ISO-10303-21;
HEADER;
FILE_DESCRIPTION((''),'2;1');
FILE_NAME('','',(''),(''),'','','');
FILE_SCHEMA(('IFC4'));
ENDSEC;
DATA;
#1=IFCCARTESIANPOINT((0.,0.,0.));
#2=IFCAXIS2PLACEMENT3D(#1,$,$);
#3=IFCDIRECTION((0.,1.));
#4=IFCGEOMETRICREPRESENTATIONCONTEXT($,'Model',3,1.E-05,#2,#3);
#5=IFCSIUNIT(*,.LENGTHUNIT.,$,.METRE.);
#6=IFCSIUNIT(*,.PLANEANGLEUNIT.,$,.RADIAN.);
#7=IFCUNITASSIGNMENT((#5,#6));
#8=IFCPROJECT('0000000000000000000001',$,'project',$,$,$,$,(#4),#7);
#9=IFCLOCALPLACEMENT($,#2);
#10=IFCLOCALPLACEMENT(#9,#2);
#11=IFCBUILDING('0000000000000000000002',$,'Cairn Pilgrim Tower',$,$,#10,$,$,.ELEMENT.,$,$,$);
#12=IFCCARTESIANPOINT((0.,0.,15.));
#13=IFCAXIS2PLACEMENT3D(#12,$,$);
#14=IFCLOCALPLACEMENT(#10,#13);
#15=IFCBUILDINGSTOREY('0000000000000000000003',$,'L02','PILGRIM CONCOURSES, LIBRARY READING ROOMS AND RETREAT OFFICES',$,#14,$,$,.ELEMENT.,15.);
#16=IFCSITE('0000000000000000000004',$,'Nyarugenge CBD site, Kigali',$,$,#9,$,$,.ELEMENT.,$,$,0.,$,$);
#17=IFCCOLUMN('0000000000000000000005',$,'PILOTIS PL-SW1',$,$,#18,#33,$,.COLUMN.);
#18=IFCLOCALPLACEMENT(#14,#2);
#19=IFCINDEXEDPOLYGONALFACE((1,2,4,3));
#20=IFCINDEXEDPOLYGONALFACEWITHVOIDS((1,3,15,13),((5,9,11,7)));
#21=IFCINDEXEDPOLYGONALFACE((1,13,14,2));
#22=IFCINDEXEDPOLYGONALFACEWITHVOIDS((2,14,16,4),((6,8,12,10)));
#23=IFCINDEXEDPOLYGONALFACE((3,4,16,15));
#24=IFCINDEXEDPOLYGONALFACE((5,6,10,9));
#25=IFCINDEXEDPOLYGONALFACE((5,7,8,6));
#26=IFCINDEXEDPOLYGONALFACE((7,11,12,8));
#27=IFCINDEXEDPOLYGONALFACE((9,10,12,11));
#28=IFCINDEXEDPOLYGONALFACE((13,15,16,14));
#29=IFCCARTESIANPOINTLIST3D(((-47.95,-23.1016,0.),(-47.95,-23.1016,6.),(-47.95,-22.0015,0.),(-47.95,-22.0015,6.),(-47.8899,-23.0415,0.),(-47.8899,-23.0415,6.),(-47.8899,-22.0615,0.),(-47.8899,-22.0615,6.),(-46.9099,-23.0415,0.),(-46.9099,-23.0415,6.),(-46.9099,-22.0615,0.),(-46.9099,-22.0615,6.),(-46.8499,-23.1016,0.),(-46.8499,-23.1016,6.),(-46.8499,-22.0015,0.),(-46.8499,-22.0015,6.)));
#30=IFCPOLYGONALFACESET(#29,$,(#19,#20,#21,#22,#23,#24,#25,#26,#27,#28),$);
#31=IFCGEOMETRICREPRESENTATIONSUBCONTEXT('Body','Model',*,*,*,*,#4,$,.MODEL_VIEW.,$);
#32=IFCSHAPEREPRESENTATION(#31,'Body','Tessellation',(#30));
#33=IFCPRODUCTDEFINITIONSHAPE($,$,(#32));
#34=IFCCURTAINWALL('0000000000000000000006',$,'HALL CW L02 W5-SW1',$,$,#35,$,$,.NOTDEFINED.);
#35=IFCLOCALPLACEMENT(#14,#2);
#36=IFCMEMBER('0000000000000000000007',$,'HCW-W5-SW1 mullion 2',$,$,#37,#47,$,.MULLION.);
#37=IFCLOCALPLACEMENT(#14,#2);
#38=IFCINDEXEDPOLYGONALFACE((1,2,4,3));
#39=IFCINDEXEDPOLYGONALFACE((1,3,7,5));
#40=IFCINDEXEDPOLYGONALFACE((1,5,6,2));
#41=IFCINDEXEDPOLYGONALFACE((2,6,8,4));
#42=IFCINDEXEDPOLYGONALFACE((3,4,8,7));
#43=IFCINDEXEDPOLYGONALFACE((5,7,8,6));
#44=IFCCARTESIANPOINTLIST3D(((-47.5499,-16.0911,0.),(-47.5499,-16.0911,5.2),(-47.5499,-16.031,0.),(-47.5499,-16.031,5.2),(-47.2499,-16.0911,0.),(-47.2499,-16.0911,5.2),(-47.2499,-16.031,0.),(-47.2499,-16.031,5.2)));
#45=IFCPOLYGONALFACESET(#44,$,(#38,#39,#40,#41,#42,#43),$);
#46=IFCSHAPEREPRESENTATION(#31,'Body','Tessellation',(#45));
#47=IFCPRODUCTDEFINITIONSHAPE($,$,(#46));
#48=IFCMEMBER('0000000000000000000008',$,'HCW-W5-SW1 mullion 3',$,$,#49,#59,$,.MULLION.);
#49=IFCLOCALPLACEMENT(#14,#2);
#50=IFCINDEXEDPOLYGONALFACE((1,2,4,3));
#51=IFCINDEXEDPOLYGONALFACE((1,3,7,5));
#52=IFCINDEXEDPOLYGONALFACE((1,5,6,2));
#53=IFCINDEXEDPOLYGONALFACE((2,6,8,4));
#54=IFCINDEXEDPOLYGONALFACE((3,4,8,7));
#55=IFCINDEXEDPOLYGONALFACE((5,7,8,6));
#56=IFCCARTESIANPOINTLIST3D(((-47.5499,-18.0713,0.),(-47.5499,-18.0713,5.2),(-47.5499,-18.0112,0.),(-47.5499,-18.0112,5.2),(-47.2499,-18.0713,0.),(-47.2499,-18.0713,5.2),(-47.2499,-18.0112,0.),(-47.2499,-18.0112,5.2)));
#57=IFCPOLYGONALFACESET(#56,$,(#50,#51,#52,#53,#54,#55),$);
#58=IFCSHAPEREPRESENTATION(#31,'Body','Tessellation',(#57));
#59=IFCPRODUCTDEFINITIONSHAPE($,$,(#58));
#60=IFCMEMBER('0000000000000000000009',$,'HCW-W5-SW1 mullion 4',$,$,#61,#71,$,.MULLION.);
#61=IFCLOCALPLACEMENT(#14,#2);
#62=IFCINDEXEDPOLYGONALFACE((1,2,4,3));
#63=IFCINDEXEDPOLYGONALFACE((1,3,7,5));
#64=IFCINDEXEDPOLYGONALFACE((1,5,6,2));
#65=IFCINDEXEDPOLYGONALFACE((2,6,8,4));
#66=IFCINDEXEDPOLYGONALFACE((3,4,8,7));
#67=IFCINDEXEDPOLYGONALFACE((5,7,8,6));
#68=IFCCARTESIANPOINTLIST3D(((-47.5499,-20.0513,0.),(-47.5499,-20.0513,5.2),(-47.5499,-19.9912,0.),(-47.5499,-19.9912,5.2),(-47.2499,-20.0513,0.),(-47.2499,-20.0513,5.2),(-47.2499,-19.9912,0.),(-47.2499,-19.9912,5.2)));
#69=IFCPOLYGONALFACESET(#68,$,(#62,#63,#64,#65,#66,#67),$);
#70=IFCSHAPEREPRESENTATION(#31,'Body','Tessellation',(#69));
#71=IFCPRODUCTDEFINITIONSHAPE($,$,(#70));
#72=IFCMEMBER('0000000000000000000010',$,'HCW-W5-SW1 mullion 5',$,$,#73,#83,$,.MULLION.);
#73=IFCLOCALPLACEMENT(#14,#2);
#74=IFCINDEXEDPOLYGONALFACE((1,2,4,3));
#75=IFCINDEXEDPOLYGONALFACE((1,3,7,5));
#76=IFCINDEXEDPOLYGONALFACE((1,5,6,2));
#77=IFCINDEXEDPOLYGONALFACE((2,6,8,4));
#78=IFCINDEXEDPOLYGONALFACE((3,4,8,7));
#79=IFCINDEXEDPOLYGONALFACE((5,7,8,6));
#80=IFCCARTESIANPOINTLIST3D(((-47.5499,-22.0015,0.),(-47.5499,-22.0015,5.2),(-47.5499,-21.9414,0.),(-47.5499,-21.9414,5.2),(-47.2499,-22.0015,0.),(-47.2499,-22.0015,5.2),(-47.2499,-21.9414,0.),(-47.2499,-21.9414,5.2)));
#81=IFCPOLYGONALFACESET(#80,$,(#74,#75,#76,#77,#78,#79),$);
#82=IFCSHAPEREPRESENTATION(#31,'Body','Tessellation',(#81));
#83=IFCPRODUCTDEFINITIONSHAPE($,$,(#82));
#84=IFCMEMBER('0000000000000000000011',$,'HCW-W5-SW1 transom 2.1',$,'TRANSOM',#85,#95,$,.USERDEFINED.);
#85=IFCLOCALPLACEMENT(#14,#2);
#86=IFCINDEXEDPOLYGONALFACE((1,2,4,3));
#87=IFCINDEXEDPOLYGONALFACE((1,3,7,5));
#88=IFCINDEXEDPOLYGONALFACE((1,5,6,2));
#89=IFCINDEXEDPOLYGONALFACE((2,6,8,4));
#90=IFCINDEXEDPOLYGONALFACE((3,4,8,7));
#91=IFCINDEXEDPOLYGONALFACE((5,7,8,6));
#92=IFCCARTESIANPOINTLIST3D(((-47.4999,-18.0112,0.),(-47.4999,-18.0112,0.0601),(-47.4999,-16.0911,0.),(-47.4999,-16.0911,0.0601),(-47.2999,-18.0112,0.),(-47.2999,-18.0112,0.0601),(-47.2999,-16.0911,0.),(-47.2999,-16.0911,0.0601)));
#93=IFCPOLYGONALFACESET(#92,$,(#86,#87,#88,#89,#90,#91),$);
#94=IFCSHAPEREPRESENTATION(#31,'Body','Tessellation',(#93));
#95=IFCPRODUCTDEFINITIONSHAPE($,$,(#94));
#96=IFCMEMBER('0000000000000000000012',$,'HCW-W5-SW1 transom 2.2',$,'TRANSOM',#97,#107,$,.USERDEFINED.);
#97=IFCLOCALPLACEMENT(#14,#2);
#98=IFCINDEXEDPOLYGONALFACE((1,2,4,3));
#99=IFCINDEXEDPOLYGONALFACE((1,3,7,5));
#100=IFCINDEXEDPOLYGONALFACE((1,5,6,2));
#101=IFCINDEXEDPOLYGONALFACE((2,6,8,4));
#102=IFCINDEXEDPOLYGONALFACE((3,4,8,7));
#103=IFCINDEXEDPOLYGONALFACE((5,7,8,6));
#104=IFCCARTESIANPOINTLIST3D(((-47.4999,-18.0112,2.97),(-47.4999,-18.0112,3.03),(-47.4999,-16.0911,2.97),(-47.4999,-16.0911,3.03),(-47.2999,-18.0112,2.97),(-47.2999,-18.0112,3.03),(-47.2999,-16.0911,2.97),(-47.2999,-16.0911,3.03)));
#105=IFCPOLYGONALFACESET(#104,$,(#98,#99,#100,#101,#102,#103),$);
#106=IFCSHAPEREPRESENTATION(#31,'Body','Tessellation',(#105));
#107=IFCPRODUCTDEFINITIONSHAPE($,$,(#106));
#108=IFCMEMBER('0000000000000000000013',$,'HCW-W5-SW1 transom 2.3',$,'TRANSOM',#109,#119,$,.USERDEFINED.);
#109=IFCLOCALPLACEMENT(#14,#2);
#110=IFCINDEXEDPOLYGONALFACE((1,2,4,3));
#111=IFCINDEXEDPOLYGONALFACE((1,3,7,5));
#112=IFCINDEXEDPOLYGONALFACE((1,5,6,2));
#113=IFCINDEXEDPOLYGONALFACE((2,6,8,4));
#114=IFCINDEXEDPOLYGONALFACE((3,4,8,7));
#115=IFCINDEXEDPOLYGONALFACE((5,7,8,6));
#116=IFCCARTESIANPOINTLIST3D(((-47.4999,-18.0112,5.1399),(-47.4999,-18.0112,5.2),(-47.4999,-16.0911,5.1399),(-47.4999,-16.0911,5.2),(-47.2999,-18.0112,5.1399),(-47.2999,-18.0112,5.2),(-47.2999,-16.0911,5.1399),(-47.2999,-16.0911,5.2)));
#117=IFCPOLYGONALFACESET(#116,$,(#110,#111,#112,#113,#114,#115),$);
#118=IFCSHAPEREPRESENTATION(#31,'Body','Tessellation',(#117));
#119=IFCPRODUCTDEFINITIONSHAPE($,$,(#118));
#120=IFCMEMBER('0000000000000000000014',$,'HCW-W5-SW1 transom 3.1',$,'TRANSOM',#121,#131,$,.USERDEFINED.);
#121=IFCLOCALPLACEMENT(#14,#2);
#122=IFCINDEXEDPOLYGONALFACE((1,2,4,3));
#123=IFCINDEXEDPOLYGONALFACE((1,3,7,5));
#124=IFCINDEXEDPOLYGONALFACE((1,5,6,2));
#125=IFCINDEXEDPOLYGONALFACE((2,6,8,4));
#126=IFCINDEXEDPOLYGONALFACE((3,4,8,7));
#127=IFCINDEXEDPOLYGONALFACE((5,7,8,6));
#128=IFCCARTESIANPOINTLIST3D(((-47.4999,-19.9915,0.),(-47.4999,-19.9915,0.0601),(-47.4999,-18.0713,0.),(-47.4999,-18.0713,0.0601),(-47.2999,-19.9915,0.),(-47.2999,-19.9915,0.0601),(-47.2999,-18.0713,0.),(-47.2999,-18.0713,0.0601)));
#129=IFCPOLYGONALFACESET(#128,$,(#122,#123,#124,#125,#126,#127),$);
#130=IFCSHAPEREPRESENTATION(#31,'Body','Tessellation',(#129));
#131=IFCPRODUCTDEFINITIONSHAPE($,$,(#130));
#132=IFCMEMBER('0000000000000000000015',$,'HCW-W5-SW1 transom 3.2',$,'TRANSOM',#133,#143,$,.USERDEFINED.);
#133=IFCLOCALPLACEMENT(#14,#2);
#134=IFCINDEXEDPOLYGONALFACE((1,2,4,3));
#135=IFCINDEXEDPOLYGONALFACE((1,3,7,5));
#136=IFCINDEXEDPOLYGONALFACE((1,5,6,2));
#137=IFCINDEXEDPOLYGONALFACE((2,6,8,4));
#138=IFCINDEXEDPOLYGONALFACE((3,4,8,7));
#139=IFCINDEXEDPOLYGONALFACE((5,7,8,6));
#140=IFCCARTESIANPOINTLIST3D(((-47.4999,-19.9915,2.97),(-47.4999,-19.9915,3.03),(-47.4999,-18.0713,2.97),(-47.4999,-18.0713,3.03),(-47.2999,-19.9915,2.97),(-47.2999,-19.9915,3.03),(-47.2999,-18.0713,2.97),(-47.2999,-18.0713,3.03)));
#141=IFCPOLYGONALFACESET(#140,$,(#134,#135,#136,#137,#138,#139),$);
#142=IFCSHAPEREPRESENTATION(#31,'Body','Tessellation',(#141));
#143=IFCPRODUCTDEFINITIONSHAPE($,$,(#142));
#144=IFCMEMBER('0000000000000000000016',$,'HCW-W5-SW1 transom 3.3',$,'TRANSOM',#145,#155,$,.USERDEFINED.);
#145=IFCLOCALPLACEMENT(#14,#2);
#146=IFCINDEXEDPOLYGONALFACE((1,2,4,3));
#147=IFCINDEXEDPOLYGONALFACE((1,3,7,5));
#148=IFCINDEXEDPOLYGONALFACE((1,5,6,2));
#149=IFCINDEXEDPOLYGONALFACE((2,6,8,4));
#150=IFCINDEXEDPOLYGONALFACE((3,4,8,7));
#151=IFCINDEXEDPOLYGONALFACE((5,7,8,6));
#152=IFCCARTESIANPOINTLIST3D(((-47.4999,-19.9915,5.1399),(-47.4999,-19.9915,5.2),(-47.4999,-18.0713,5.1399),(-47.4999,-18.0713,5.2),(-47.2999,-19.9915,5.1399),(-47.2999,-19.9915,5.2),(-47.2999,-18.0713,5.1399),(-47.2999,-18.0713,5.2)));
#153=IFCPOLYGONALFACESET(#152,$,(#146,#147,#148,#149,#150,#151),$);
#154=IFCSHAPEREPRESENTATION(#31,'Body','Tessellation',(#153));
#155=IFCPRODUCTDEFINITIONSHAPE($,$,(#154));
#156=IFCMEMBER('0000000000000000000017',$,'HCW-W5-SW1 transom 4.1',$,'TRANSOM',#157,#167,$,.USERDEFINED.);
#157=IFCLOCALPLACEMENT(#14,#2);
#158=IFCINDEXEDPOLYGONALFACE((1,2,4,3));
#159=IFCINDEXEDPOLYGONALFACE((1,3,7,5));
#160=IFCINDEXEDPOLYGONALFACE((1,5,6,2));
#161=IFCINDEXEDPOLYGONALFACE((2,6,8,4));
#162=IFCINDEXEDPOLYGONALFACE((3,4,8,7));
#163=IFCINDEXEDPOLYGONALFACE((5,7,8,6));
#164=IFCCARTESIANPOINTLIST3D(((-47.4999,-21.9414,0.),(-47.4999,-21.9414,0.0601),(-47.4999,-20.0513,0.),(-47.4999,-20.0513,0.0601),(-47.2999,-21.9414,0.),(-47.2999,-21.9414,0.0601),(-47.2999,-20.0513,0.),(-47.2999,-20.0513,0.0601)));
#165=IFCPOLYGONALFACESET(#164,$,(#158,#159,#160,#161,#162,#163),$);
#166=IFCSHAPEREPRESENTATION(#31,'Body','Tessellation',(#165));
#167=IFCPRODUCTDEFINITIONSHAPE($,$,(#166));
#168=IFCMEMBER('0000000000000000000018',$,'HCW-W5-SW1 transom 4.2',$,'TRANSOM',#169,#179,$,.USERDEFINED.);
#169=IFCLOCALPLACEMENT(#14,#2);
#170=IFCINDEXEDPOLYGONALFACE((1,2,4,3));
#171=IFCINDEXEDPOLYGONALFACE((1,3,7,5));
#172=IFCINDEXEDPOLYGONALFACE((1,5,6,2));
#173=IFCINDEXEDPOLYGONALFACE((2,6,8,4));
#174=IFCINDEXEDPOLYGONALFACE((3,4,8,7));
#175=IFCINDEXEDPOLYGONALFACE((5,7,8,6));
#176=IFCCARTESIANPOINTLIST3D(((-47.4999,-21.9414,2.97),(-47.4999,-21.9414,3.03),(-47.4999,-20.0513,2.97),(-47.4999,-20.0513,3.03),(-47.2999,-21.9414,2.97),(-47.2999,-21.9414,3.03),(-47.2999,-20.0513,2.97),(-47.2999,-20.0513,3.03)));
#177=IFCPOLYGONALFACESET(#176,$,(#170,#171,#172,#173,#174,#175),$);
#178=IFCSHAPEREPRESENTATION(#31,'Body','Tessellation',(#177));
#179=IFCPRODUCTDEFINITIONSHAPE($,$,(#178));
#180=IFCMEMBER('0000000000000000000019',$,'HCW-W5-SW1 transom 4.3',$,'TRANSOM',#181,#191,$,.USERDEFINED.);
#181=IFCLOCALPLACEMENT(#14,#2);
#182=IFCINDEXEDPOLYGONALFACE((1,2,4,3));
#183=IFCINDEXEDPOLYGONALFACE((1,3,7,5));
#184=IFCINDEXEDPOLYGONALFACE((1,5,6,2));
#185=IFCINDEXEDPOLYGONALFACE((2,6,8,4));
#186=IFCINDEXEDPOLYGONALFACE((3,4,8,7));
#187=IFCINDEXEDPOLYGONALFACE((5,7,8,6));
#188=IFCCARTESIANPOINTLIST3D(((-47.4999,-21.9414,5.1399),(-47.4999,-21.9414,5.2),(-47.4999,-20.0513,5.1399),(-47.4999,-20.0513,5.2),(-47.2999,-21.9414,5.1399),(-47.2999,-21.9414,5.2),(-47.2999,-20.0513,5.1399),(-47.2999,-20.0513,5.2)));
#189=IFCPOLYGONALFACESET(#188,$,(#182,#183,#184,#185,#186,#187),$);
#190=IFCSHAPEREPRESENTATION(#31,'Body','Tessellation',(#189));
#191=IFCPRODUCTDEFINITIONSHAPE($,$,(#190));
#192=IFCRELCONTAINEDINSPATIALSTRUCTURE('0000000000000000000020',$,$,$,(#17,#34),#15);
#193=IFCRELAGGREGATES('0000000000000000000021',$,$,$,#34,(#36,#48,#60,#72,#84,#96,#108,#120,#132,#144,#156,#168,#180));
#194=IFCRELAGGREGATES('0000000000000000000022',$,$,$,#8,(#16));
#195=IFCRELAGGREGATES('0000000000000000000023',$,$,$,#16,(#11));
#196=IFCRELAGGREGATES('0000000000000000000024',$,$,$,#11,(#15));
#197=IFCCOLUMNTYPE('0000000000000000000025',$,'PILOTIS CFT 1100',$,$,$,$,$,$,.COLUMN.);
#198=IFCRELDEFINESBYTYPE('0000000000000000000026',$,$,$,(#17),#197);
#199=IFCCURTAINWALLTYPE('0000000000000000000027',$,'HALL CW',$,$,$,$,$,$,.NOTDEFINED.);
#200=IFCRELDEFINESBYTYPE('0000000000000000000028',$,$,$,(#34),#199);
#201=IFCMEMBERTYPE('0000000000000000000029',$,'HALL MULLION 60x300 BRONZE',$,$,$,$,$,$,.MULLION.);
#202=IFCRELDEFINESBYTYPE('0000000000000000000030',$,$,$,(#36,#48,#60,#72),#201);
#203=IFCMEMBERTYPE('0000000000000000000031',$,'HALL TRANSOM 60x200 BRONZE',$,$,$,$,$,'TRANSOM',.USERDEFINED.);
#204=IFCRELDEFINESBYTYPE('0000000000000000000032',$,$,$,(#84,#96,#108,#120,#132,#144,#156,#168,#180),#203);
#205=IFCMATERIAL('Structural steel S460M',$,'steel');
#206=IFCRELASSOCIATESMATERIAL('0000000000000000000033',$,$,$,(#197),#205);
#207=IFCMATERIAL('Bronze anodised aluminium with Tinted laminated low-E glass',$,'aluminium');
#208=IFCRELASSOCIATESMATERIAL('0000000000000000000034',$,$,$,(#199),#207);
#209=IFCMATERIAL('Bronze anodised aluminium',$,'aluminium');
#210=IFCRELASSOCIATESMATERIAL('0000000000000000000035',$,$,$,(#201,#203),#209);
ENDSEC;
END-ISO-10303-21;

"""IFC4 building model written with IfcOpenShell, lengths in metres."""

from ifc_helpers import new_model, si_unit, direction, frame, origin, origin_2d, place, context, subcontext, project, spatial, rectangle, hollow_rectangle, extrude, material, material_profile, profile_set, type_object, element, aggregate, save


model = new_model("IFC4")

# Units and contexts
model_context = context("Model", 3, precision=1e-05, world=origin(), true_north=direction((0.0, 1.0)))
body_context = subcontext(model_context, "Body", "Model", "MODEL_VIEW")
ifc_project = project(units=[si_unit("LENGTHUNIT", "METRE"), si_unit("PLANEANGLEUNIT", "RADIAN")], contexts=[model_context])

# Site, building, storey
site_placement = place(None, origin())
site = spatial("IfcSite", under=ifc_project, at=site_placement, Name="Nyarugenge CBD site, Kigali", CompositionType="ELEMENT", RefElevation=0.0)
building_placement = place(site_placement, origin())
building = spatial("IfcBuilding", under=site, at=building_placement, Name="Cairn Pilgrim Tower", CompositionType="ELEMENT")
storey_placement = place(building_placement, frame((0.0, 0.0, 15.0)))
storey = spatial("IfcBuildingStorey", under=building, at=storey_placement, Name="L02", Description="PILGRIM CONCOURSES, LIBRARY READING ROOMS AND RETREAT OFFICES", CompositionType="ELEMENT", Elevation=15.0)

# Column
ifc_material_1 = material(Name="Structural steel S460M", Category="steel")
ifc_material_profile_1 = material_profile(ifc_material_1, hollow_rectangle(XDim=1.1001, YDim=1.1001, WallThickness=0.0601, at=origin_2d()), Name="BOX 1100x1100x60")
ifc_profile_set_1 = profile_set([ifc_material_profile_1], Name="Structural steel S460M")
column_type = type_object("IfcColumnType", Name="PILOTIS CFT 1100", PredefinedType="COLUMN", material=ifc_profile_set_1)
column_placement = place(storey_placement, frame((-47.3999, -22.5515, 0.0), z_axis=(0.0, 0.0, 1.0), x_axis=(1.0, 0.0, 0.0)))
element("IfcColumn", 1, at=column_placement, inside=storey, type_object=column_type, Name="PILOTIS PL-SW1", PredefinedType="COLUMN", context=body_context, shape_type="SweptSolid", body=[
    extrude(hollow_rectangle(XDim=1.1001, YDim=1.1001, WallThickness=0.0601, at=origin_2d()), origin(), (0.0, 0.0, 1.0), 6.0),
])

# Curtain wall, members
ifc_material_2 = material(Name="Bronze anodised aluminium with Tinted laminated low-E glass", Category="aluminium")
curtain_wall_type = type_object("IfcCurtainWallType", Name="HALL CW", PredefinedType="NOTDEFINED", material=ifc_material_2)
curtain_wall_placement = place(storey_placement, origin())
curtain_wall = element("IfcCurtainWall", 2, at=curtain_wall_placement, inside=storey, type_object=curtain_wall_type, Name="HALL CW L02 W5-SW1", PredefinedType="NOTDEFINED")
ifc_material_3 = material(Name="Bronze anodised aluminium", Category="aluminium")
ifc_material_profile_2 = material_profile(ifc_material_3, rectangle(XDim=0.3, YDim=0.0601, at=origin_2d()), Name="HALL MULLION 60x300 BRONZE")
ifc_profile_set_2 = profile_set([ifc_material_profile_2], Name="Bronze anodised aluminium")
member_type_1 = type_object("IfcMemberType", Name="HALL MULLION 60x300 BRONZE", PredefinedType="MULLION", material=ifc_profile_set_2)
member_1_placement = place(storey_placement, frame((-47.3999, -16.061, 0.0), z_axis=(0.0, 0.0, 1.0), x_axis=(1.0, 0.0, 0.0)))
member_1 = element("IfcMember", 3, at=member_1_placement, type_object=member_type_1, Name="HCW-W5-SW1 mullion 2", PredefinedType="MULLION", context=body_context, shape_type="SweptSolid", body=[
    extrude(rectangle(XDim=0.3, YDim=0.0601, at=origin_2d()), origin(), (0.0, 0.0, 1.0), 5.2),
])
member_2_placement = place(storey_placement, frame((-47.3999, -18.0413, 0.0), z_axis=(0.0, 0.0, 1.0), x_axis=(1.0, 0.0, 0.0)))
member_2 = element("IfcMember", 4, at=member_2_placement, type_object=member_type_1, Name="HCW-W5-SW1 mullion 3", PredefinedType="MULLION", context=body_context, shape_type="SweptSolid", body=[
    extrude(rectangle(XDim=0.3, YDim=0.0601, at=origin_2d()), origin(), (0.0, 0.0, 1.0), 5.2),
])
member_3_placement = place(storey_placement, frame((-47.3999, -20.0212, 0.0), z_axis=(0.0, 0.0, 1.0), x_axis=(1.0, 0.0, 0.0)))
member_3 = element("IfcMember", 5, at=member_3_placement, type_object=member_type_1, Name="HCW-W5-SW1 mullion 4", PredefinedType="MULLION", context=body_context, shape_type="SweptSolid", body=[
    extrude(rectangle(XDim=0.3, YDim=0.0601, at=origin_2d()), origin(), (0.0, 0.0, 1.0), 5.2),
])
member_4_placement = place(storey_placement, frame((-47.3999, -21.9714, 0.0), z_axis=(0.0, 0.0, 1.0), x_axis=(1.0, 0.0, 0.0)))
member_4 = element("IfcMember", 6, at=member_4_placement, type_object=member_type_1, Name="HCW-W5-SW1 mullion 5", PredefinedType="MULLION", context=body_context, shape_type="SweptSolid", body=[
    extrude(rectangle(XDim=0.3, YDim=0.0601, at=origin_2d()), origin(), (0.0, 0.0, 1.0), 5.2),
])
ifc_material_profile_3 = material_profile(ifc_material_3, rectangle(XDim=0.2, YDim=0.0601, at=origin_2d()), Name="HALL TRANSOM 60x200 BRONZE")
ifc_profile_set_3 = profile_set([ifc_material_profile_3], Name="Bronze anodised aluminium")
member_type_2 = type_object("IfcMemberType", Name="HALL TRANSOM 60x200 BRONZE", ElementType="TRANSOM", PredefinedType="USERDEFINED", material=ifc_profile_set_3)
member_5_placement = place(storey_placement, frame((-47.3999, -16.0911, 0.03), z_axis=(0.0, -1.0, 0.0), x_axis=(1.0, 0.0, 0.0)))
member_5 = element("IfcMember", 7, at=member_5_placement, type_object=member_type_2, Name="HCW-W5-SW1 transom 2.1", ObjectType="TRANSOM", PredefinedType="USERDEFINED", context=body_context, shape_type="SweptSolid", body=[
    extrude(rectangle(XDim=0.2, YDim=0.0601, at=origin_2d()), origin(), (0.0, 0.0, 1.0), 1.9202),
])
member_6_placement = place(storey_placement, frame((-47.3999, -16.0911, 3.0), z_axis=(0.0, -1.0, 0.0), x_axis=(1.0, 0.0, 0.0)))
member_6 = element("IfcMember", 8, at=member_6_placement, type_object=member_type_2, Name="HCW-W5-SW1 transom 2.2", ObjectType="TRANSOM", PredefinedType="USERDEFINED", context=body_context, shape_type="SweptSolid", body=[
    extrude(rectangle(XDim=0.2, YDim=0.0601, at=origin_2d()), origin(), (0.0, 0.0, 1.0), 1.9202),
])
member_7_placement = place(storey_placement, frame((-47.3999, -16.0911, 5.1699), z_axis=(0.0, -1.0, 0.0), x_axis=(1.0, 0.0, 0.0)))
member_7 = element("IfcMember", 9, at=member_7_placement, type_object=member_type_2, Name="HCW-W5-SW1 transom 2.3", ObjectType="TRANSOM", PredefinedType="USERDEFINED", context=body_context, shape_type="SweptSolid", body=[
    extrude(rectangle(XDim=0.2, YDim=0.0601, at=origin_2d()), origin(), (0.0, 0.0, 1.0), 1.9202),
])
member_8_placement = place(storey_placement, frame((-47.3999, -18.0713, 0.03), z_axis=(0.0, -1.0, 0.0), x_axis=(1.0, 0.0, 0.0)))
member_8 = element("IfcMember", 10, at=member_8_placement, type_object=member_type_2, Name="HCW-W5-SW1 transom 3.1", ObjectType="TRANSOM", PredefinedType="USERDEFINED", context=body_context, shape_type="SweptSolid", body=[
    extrude(rectangle(XDim=0.2, YDim=0.0601, at=origin_2d()), origin(), (0.0, 0.0, 1.0), 1.9202),
])
member_9_placement = place(storey_placement, frame((-47.3999, -18.0713, 3.0), z_axis=(0.0, -1.0, 0.0), x_axis=(1.0, 0.0, 0.0)))
member_9 = element("IfcMember", 11, at=member_9_placement, type_object=member_type_2, Name="HCW-W5-SW1 transom 3.2", ObjectType="TRANSOM", PredefinedType="USERDEFINED", context=body_context, shape_type="SweptSolid", body=[
    extrude(rectangle(XDim=0.2, YDim=0.0601, at=origin_2d()), origin(), (0.0, 0.0, 1.0), 1.9202),
])
member_10_placement = place(storey_placement, frame((-47.3999, -18.0713, 5.1699), z_axis=(0.0, -1.0, 0.0), x_axis=(1.0, 0.0, 0.0)))
member_10 = element("IfcMember", 12, at=member_10_placement, type_object=member_type_2, Name="HCW-W5-SW1 transom 3.3", ObjectType="TRANSOM", PredefinedType="USERDEFINED", context=body_context, shape_type="SweptSolid", body=[
    extrude(rectangle(XDim=0.2, YDim=0.0601, at=origin_2d()), origin(), (0.0, 0.0, 1.0), 1.9202),
])
member_11_placement = place(storey_placement, frame((-47.3999, -20.0513, 0.03), z_axis=(0.0, -1.0, 0.0), x_axis=(1.0, 0.0, 0.0)))
member_11 = element("IfcMember", 13, at=member_11_placement, type_object=member_type_2, Name="HCW-W5-SW1 transom 4.1", ObjectType="TRANSOM", PredefinedType="USERDEFINED", context=body_context, shape_type="SweptSolid", body=[
    extrude(rectangle(XDim=0.2, YDim=0.0601, at=origin_2d()), origin(), (0.0, 0.0, 1.0), 1.8901),
])
member_12_placement = place(storey_placement, frame((-47.3999, -20.0513, 3.0), z_axis=(0.0, -1.0, 0.0), x_axis=(1.0, 0.0, 0.0)))
member_12 = element("IfcMember", 14, at=member_12_placement, type_object=member_type_2, Name="HCW-W5-SW1 transom 4.2", ObjectType="TRANSOM", PredefinedType="USERDEFINED", context=body_context, shape_type="SweptSolid", body=[
    extrude(rectangle(XDim=0.2, YDim=0.0601, at=origin_2d()), origin(), (0.0, 0.0, 1.0), 1.8901),
])
member_13_placement = place(storey_placement, frame((-47.3999, -20.0513, 5.1699), z_axis=(0.0, -1.0, 0.0), x_axis=(1.0, 0.0, 0.0)))
member_13 = element("IfcMember", 15, at=member_13_placement, type_object=member_type_2, Name="HCW-W5-SW1 transom 4.3", ObjectType="TRANSOM", PredefinedType="USERDEFINED", context=body_context, shape_type="SweptSolid", body=[
    extrude(rectangle(XDim=0.2, YDim=0.0601, at=origin_2d()), origin(), (0.0, 0.0, 1.0), 1.8901),
])

aggregate(curtain_wall, [member_1, member_2, member_3, member_4, member_5, member_6, member_7, member_8, member_9, member_10, member_11, member_12, member_13])

save(model, "model.ifc")
